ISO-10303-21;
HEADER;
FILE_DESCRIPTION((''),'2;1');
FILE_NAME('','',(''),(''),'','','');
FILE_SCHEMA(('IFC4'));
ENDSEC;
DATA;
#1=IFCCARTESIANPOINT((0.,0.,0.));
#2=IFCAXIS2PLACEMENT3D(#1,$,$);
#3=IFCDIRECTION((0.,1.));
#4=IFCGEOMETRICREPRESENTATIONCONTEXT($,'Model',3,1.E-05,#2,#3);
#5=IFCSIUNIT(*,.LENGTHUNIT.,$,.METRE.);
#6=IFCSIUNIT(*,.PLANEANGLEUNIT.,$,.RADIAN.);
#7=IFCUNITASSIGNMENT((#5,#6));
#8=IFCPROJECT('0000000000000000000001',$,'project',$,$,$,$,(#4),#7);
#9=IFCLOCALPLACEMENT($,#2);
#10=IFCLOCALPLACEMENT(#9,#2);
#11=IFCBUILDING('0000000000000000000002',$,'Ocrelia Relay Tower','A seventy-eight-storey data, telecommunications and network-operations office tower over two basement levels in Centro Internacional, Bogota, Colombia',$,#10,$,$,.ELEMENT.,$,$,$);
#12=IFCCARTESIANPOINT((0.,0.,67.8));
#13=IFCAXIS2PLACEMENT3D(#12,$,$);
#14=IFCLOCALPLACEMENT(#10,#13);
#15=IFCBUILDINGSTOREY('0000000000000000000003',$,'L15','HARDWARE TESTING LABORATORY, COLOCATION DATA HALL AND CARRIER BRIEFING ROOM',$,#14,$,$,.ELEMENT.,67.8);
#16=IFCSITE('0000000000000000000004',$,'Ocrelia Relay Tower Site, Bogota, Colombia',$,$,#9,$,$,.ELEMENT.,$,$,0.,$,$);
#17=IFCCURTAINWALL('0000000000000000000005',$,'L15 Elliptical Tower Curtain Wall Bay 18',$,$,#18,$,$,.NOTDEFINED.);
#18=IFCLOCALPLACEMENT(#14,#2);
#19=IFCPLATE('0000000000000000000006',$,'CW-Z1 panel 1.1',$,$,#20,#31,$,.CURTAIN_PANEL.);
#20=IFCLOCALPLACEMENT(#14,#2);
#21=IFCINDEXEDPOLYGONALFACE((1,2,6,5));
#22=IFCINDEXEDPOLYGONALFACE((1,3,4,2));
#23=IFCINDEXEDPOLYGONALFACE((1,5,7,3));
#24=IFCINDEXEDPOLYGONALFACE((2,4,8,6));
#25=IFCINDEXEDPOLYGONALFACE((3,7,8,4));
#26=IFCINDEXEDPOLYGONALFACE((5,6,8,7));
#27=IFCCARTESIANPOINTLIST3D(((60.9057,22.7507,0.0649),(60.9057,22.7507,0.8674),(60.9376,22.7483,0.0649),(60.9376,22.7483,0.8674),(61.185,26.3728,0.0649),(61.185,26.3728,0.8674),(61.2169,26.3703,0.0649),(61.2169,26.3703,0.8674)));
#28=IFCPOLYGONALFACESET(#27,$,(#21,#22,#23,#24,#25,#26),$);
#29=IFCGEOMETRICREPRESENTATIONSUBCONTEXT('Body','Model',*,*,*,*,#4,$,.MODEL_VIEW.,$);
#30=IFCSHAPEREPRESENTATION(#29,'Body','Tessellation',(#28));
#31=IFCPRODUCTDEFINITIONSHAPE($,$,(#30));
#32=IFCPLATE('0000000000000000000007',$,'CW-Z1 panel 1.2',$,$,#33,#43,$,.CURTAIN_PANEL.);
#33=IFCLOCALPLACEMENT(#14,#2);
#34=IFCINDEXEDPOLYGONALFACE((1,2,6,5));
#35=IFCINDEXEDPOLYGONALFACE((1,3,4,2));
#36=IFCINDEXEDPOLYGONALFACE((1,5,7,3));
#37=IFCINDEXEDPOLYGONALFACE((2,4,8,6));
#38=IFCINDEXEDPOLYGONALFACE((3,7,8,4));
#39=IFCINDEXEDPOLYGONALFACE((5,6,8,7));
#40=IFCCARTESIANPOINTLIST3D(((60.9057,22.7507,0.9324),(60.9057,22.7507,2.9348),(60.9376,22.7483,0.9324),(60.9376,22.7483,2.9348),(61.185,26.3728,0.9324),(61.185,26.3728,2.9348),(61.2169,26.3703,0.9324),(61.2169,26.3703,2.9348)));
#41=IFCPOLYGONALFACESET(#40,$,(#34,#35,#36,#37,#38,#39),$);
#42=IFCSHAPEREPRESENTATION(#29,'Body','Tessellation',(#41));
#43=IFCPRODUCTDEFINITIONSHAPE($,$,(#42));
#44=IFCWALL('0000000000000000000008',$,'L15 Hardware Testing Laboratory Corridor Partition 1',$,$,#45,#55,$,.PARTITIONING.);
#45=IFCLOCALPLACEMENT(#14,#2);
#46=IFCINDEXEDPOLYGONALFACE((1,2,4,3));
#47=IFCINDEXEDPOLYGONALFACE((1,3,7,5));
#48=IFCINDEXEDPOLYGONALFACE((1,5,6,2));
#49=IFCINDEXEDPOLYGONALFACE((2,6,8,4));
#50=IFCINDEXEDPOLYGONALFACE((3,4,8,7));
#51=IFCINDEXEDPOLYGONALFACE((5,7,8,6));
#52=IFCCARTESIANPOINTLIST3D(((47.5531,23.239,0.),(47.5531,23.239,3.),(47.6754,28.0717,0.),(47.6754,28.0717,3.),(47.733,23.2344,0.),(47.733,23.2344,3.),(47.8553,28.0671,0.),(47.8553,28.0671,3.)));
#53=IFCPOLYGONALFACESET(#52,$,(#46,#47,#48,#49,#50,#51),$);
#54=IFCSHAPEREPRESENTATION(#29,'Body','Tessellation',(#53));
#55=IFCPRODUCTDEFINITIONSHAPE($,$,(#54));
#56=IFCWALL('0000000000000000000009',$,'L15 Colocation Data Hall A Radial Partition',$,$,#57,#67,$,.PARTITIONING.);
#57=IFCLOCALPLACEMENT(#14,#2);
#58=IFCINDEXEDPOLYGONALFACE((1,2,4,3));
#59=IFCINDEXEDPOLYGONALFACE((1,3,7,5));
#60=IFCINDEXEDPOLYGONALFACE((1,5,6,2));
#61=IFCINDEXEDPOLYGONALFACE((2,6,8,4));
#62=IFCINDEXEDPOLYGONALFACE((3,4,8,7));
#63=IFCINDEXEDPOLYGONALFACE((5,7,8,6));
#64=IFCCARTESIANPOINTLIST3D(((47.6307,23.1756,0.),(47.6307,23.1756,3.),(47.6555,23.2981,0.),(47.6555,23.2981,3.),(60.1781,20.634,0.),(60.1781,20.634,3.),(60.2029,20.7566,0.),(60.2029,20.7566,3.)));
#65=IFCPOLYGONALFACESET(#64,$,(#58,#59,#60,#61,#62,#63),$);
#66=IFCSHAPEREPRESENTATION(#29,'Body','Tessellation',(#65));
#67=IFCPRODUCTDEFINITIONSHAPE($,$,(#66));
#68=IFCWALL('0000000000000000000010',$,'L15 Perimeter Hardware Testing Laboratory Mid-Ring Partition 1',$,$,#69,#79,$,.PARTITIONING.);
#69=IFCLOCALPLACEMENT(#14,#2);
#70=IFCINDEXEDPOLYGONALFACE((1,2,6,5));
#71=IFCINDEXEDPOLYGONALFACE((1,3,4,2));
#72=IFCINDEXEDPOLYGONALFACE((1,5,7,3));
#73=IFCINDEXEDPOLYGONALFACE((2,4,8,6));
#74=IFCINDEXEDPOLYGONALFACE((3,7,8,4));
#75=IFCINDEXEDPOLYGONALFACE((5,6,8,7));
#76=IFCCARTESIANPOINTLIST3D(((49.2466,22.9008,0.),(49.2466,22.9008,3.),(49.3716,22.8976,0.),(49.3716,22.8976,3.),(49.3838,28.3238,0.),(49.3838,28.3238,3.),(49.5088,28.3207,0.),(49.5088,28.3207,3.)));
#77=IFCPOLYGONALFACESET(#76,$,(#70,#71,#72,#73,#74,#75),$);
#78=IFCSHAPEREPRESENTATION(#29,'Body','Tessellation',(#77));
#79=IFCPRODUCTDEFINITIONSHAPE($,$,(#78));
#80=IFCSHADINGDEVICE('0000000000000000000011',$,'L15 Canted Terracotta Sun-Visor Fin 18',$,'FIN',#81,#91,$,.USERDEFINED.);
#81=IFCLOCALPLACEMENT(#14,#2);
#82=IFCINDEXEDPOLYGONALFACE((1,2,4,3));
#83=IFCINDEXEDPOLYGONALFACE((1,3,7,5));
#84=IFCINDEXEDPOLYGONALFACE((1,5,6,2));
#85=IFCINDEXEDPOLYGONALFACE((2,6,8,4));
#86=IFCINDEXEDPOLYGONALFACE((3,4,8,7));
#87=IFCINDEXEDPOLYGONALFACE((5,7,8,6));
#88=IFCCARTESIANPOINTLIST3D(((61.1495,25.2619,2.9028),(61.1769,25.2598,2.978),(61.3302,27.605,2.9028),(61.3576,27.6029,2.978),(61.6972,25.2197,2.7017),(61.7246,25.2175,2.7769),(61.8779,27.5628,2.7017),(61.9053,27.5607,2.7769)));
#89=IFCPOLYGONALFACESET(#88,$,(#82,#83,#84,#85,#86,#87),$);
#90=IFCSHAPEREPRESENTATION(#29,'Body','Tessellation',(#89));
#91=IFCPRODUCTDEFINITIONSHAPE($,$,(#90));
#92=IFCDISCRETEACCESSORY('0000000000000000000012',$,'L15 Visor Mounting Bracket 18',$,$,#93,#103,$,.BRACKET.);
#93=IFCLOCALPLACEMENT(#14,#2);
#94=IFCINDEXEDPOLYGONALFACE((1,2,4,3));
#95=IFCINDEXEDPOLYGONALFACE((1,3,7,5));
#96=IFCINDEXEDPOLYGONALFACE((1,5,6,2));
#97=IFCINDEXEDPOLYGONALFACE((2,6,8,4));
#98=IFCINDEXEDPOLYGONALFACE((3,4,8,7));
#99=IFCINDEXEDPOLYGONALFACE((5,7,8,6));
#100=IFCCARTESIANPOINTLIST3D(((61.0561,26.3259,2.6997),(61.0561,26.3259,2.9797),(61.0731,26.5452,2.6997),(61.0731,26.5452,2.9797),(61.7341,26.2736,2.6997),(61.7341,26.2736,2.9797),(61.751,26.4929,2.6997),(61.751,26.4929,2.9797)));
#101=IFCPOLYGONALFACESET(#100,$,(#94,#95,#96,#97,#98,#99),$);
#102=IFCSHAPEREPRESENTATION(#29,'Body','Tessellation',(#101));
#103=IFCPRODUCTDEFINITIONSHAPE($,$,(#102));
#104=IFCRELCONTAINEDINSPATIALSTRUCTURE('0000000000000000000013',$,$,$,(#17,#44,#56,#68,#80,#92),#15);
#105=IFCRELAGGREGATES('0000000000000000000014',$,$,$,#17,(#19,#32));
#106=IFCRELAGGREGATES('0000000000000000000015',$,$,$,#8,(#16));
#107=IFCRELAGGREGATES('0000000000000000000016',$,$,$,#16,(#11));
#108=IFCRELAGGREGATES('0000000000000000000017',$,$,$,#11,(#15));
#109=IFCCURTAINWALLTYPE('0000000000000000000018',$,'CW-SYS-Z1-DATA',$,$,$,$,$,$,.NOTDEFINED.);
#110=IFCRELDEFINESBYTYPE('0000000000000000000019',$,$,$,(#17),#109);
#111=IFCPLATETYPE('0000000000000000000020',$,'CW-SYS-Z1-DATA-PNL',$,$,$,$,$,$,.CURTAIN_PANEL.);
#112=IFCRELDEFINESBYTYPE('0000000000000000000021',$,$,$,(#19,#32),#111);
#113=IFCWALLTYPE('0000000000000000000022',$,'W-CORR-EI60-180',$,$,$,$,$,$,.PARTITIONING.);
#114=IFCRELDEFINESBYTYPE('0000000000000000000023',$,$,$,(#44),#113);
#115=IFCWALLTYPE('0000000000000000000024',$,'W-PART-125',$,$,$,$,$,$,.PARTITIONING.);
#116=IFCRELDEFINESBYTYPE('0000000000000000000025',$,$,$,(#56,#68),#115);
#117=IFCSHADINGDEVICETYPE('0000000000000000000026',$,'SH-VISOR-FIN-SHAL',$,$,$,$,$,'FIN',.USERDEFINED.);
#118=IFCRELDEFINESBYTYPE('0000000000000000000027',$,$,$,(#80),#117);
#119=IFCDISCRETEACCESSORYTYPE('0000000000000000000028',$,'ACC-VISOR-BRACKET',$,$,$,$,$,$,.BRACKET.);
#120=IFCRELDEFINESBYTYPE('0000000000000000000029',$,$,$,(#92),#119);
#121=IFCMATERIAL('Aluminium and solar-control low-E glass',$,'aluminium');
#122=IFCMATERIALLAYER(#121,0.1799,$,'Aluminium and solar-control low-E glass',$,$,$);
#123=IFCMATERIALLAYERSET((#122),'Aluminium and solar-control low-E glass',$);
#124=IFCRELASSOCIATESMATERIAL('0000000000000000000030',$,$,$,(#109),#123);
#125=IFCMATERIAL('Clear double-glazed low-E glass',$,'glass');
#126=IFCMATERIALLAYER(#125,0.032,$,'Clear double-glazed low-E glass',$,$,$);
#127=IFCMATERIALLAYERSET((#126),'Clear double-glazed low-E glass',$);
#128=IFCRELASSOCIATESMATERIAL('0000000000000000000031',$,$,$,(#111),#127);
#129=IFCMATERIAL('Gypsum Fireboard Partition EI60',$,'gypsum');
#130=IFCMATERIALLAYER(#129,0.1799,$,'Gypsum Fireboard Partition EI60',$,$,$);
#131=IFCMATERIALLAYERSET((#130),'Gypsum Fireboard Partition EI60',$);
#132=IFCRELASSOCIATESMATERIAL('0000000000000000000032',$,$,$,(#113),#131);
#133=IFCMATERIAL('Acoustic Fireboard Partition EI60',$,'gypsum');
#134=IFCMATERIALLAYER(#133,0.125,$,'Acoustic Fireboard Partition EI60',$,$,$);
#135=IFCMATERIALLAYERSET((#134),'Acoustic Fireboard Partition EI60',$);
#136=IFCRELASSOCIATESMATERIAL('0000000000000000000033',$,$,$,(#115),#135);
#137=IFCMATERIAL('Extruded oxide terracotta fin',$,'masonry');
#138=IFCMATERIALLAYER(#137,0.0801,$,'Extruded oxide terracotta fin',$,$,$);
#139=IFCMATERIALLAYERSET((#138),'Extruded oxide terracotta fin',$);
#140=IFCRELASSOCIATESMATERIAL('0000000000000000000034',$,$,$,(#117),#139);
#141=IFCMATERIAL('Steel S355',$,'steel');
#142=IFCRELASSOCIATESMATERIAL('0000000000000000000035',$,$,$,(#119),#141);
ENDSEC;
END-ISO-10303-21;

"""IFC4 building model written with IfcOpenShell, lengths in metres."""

from ifc_helpers import new_model, si_unit, direction, frame, frame_2d, origin, origin_2d, place, context, subcontext, project, spatial, rectangle, extrude, material, layer, layer_set, type_object, element, aggregate, save


model = new_model("IFC4")

# Units and contexts
model_context = context("Model", 3, precision=1e-05, world=origin(), true_north=direction((0.0, 1.0)))
body_context = subcontext(model_context, "Body", "Model", "MODEL_VIEW")
ifc_project = project(units=[si_unit("LENGTHUNIT", "METRE"), si_unit("PLANEANGLEUNIT", "RADIAN")], contexts=[model_context])

# Site, building, storey
site_placement = place(None, origin())
site = spatial("IfcSite", under=ifc_project, at=site_placement, Name="Ocrelia Relay Tower Site, Bogota, Colombia", CompositionType="ELEMENT", RefElevation=0.0)
building_placement = place(site_placement, origin())
building = spatial("IfcBuilding", under=site, at=building_placement, Name="Ocrelia Relay Tower", Description="A seventy-eight-storey data, telecommunications and network-operations office tower over two basement levels in Centro Internacional, Bogota, Colombia", CompositionType="ELEMENT")
storey_placement = place(building_placement, frame((0.0, 0.0, 67.8)))
storey = spatial("IfcBuildingStorey", under=building, at=storey_placement, Name="L15", Description="HARDWARE TESTING LABORATORY, COLOCATION DATA HALL AND CARRIER BRIEFING ROOM", CompositionType="ELEMENT", Elevation=67.8)

# Shared definitions
ifc_material_1 = material(Name="Steel S355", Category="steel")

# Curtain wall, plates
ifc_material_2 = material(Name="Aluminium and solar-control low-E glass", Category="aluminium")
ifc_layer_1 = layer(ifc_material_2, 0.1799, Name="Aluminium and solar-control low-E glass")
ifc_layer_set_1 = layer_set([ifc_layer_1], Name="Aluminium and solar-control low-E glass")
curtain_wall_type = type_object("IfcCurtainWallType", Name="CW-SYS-Z1-DATA", PredefinedType="NOTDEFINED", material=ifc_layer_set_1)
curtain_wall_placement = place(storey_placement, origin())
curtain_wall = element("IfcCurtainWall", 1, at=curtain_wall_placement, inside=storey, type_object=curtain_wall_type, Name="L15 Elliptical Tower Curtain Wall Bay 18", PredefinedType="NOTDEFINED")
ifc_material_3 = material(Name="Clear double-glazed low-E glass", Category="glass")
ifc_layer_2 = layer(ifc_material_3, 0.032, Name="Clear double-glazed low-E glass")
ifc_layer_set_2 = layer_set([ifc_layer_2], Name="Clear double-glazed low-E glass")
plate_type = type_object("IfcPlateType", Name="CW-SYS-Z1-DATA-PNL", PredefinedType="CURTAIN_PANEL", material=ifc_layer_set_2)
plate_1_placement = place(storey_placement, frame((61.0613, 24.5605, 0.0649), z_axis=(0.0, 0.0, 1.0), x_axis=(0.076892, 0.997039, 0.0)))
plate_1 = element("IfcPlate", 2, at=plate_1_placement, type_object=plate_type, Name="CW-Z1 panel 1.1", PredefinedType="CURTAIN_PANEL", context=body_context, shape_type="SweptSolid", body=[
    extrude(rectangle(XDim=3.6328, YDim=0.032, at=origin_2d()), origin(), (0.0, 0.0, 1.0), 0.8025),
])
plate_2_placement = place(storey_placement, frame((61.0613, 24.5605, 0.9324), z_axis=(0.0, 0.0, 1.0), x_axis=(0.076892, 0.997039, 0.0)))
plate_2 = element("IfcPlate", 3, at=plate_2_placement, type_object=plate_type, Name="CW-Z1 panel 1.2", PredefinedType="CURTAIN_PANEL", context=body_context, shape_type="SweptSolid", body=[
    extrude(rectangle(XDim=3.6328, YDim=0.032, at=origin_2d()), origin(), (0.0, 0.0, 1.0), 2.0024),
])
aggregate(curtain_wall, [plate_1, plate_2])

# Wall
ifc_material_4 = material(Name="Gypsum Fireboard Partition EI60", Category="gypsum")
ifc_layer_3 = layer(ifc_material_4, 0.1799, Name="Gypsum Fireboard Partition EI60")
ifc_layer_set_3 = layer_set([ifc_layer_3], Name="Gypsum Fireboard Partition EI60")
wall_type_1 = type_object("IfcWallType", Name="W-CORR-EI60-180", PredefinedType="PARTITIONING", material=ifc_layer_set_3)
wall_1_placement = place(storey_placement, frame((47.6431, 23.2368, 0.0), z_axis=(0.0, 0.0, 1.0), x_axis=(0.025301, 0.99968, 0.0)))
element("IfcWall", 4, at=wall_1_placement, inside=storey, type_object=wall_type_1, Name="L15 Hardware Testing Laboratory Corridor Partition 1", PredefinedType="PARTITIONING", context=body_context, shape_type="SweptSolid", body=[
    extrude(rectangle(XDim=4.8342, YDim=0.1799, at=frame_2d((2.417, 0.0))), origin(), (0.0, 0.0, 1.0), 3.0),
])

# Walls
ifc_material_5 = material(Name="Acoustic Fireboard Partition EI60", Category="gypsum")
ifc_layer_4 = layer(ifc_material_5, 0.125, Name="Acoustic Fireboard Partition EI60")
ifc_layer_set_4 = layer_set([ifc_layer_4], Name="Acoustic Fireboard Partition EI60")
wall_type_2 = type_object("IfcWallType", Name="W-PART-125", PredefinedType="PARTITIONING", material=ifc_layer_set_4)
wall_2_placement = place(storey_placement, frame((47.6431, 23.2368, 0.0), z_axis=(0.0, 0.0, 1.0), x_axis=(0.980097, -0.198521, 0.0)))
element("IfcWall", 5, at=wall_2_placement, inside=storey, type_object=wall_type_2, Name="L15 Colocation Data Hall A Radial Partition", PredefinedType="PARTITIONING", context=body_context, shape_type="SweptSolid", body=[
    extrude(rectangle(XDim=12.8022, YDim=0.125, at=frame_2d((6.4011, 0.0))), origin(), (0.0, 0.0, 1.0), 3.0),
])
wall_3_placement = place(storey_placement, frame((49.3091, 22.8992, 0.0), z_axis=(0.0, 0.0, 1.0), x_axis=(0.025292, 0.99968, 0.0)))
element("IfcWall", 6, at=wall_3_placement, inside=storey, type_object=wall_type_2, Name="L15 Perimeter Hardware Testing Laboratory Mid-Ring Partition 1", PredefinedType="PARTITIONING", context=body_context, shape_type="SweptSolid", body=[
    extrude(rectangle(XDim=5.4248, YDim=0.125, at=frame_2d((2.7124, 0.0))), origin(), (0.0, 0.0, 1.0), 3.0),
])

# Shading device
ifc_material_6 = material(Name="Extruded oxide terracotta fin", Category="masonry")
ifc_layer_5 = layer(ifc_material_6, 0.0801, Name="Extruded oxide terracotta fin")
ifc_layer_set_5 = layer_set([ifc_layer_5], Name="Extruded oxide terracotta fin")
shading_device_type = type_object("IfcShadingDeviceType", Name="SH-VISOR-FIN-SHAL", ElementType="FIN", PredefinedType="USERDEFINED", material=ifc_layer_set_5)
shading_device_placement = place(storey_placement, frame((61.5137, 26.4124, 2.8022), z_axis=(0.342642, -0.026425, 0.939094), x_axis=(0.076892, 0.997039, 0.0)))
element("IfcShadingDevice", 7, at=shading_device_placement, inside=storey, type_object=shading_device_type, Name="L15 Canted Terracotta Sun-Visor Fin 18", ObjectType="FIN", PredefinedType="USERDEFINED", context=body_context, shape_type="SweptSolid", body=[
    extrude(rectangle(XDim=2.3501, YDim=0.585, at=origin_2d()), origin(), (0.0, 0.0, 1.0), 0.0801),
])

# Discrete accessory
discrete_accessory_type = type_object("IfcDiscreteAccessoryType", Name="ACC-VISOR-BRACKET", PredefinedType="BRACKET", material=ifc_material_1)
discrete_accessory_placement = place(storey_placement, frame((61.4036, 26.4094, 2.6997), z_axis=(0.0, 0.0, 1.0), x_axis=(0.076892, 0.997039, 0.0)))
element("IfcDiscreteAccessory", 8, at=discrete_accessory_placement, inside=storey, type_object=discrete_accessory_type, Name="L15 Visor Mounting Bracket 18", PredefinedType="BRACKET", context=body_context, shape_type="SweptSolid", body=[
    extrude(rectangle(XDim=0.22, YDim=0.6799, at=origin_2d()), origin(), (0.0, 0.0, 1.0), 0.28),
])

save(model, "model.ifc")
